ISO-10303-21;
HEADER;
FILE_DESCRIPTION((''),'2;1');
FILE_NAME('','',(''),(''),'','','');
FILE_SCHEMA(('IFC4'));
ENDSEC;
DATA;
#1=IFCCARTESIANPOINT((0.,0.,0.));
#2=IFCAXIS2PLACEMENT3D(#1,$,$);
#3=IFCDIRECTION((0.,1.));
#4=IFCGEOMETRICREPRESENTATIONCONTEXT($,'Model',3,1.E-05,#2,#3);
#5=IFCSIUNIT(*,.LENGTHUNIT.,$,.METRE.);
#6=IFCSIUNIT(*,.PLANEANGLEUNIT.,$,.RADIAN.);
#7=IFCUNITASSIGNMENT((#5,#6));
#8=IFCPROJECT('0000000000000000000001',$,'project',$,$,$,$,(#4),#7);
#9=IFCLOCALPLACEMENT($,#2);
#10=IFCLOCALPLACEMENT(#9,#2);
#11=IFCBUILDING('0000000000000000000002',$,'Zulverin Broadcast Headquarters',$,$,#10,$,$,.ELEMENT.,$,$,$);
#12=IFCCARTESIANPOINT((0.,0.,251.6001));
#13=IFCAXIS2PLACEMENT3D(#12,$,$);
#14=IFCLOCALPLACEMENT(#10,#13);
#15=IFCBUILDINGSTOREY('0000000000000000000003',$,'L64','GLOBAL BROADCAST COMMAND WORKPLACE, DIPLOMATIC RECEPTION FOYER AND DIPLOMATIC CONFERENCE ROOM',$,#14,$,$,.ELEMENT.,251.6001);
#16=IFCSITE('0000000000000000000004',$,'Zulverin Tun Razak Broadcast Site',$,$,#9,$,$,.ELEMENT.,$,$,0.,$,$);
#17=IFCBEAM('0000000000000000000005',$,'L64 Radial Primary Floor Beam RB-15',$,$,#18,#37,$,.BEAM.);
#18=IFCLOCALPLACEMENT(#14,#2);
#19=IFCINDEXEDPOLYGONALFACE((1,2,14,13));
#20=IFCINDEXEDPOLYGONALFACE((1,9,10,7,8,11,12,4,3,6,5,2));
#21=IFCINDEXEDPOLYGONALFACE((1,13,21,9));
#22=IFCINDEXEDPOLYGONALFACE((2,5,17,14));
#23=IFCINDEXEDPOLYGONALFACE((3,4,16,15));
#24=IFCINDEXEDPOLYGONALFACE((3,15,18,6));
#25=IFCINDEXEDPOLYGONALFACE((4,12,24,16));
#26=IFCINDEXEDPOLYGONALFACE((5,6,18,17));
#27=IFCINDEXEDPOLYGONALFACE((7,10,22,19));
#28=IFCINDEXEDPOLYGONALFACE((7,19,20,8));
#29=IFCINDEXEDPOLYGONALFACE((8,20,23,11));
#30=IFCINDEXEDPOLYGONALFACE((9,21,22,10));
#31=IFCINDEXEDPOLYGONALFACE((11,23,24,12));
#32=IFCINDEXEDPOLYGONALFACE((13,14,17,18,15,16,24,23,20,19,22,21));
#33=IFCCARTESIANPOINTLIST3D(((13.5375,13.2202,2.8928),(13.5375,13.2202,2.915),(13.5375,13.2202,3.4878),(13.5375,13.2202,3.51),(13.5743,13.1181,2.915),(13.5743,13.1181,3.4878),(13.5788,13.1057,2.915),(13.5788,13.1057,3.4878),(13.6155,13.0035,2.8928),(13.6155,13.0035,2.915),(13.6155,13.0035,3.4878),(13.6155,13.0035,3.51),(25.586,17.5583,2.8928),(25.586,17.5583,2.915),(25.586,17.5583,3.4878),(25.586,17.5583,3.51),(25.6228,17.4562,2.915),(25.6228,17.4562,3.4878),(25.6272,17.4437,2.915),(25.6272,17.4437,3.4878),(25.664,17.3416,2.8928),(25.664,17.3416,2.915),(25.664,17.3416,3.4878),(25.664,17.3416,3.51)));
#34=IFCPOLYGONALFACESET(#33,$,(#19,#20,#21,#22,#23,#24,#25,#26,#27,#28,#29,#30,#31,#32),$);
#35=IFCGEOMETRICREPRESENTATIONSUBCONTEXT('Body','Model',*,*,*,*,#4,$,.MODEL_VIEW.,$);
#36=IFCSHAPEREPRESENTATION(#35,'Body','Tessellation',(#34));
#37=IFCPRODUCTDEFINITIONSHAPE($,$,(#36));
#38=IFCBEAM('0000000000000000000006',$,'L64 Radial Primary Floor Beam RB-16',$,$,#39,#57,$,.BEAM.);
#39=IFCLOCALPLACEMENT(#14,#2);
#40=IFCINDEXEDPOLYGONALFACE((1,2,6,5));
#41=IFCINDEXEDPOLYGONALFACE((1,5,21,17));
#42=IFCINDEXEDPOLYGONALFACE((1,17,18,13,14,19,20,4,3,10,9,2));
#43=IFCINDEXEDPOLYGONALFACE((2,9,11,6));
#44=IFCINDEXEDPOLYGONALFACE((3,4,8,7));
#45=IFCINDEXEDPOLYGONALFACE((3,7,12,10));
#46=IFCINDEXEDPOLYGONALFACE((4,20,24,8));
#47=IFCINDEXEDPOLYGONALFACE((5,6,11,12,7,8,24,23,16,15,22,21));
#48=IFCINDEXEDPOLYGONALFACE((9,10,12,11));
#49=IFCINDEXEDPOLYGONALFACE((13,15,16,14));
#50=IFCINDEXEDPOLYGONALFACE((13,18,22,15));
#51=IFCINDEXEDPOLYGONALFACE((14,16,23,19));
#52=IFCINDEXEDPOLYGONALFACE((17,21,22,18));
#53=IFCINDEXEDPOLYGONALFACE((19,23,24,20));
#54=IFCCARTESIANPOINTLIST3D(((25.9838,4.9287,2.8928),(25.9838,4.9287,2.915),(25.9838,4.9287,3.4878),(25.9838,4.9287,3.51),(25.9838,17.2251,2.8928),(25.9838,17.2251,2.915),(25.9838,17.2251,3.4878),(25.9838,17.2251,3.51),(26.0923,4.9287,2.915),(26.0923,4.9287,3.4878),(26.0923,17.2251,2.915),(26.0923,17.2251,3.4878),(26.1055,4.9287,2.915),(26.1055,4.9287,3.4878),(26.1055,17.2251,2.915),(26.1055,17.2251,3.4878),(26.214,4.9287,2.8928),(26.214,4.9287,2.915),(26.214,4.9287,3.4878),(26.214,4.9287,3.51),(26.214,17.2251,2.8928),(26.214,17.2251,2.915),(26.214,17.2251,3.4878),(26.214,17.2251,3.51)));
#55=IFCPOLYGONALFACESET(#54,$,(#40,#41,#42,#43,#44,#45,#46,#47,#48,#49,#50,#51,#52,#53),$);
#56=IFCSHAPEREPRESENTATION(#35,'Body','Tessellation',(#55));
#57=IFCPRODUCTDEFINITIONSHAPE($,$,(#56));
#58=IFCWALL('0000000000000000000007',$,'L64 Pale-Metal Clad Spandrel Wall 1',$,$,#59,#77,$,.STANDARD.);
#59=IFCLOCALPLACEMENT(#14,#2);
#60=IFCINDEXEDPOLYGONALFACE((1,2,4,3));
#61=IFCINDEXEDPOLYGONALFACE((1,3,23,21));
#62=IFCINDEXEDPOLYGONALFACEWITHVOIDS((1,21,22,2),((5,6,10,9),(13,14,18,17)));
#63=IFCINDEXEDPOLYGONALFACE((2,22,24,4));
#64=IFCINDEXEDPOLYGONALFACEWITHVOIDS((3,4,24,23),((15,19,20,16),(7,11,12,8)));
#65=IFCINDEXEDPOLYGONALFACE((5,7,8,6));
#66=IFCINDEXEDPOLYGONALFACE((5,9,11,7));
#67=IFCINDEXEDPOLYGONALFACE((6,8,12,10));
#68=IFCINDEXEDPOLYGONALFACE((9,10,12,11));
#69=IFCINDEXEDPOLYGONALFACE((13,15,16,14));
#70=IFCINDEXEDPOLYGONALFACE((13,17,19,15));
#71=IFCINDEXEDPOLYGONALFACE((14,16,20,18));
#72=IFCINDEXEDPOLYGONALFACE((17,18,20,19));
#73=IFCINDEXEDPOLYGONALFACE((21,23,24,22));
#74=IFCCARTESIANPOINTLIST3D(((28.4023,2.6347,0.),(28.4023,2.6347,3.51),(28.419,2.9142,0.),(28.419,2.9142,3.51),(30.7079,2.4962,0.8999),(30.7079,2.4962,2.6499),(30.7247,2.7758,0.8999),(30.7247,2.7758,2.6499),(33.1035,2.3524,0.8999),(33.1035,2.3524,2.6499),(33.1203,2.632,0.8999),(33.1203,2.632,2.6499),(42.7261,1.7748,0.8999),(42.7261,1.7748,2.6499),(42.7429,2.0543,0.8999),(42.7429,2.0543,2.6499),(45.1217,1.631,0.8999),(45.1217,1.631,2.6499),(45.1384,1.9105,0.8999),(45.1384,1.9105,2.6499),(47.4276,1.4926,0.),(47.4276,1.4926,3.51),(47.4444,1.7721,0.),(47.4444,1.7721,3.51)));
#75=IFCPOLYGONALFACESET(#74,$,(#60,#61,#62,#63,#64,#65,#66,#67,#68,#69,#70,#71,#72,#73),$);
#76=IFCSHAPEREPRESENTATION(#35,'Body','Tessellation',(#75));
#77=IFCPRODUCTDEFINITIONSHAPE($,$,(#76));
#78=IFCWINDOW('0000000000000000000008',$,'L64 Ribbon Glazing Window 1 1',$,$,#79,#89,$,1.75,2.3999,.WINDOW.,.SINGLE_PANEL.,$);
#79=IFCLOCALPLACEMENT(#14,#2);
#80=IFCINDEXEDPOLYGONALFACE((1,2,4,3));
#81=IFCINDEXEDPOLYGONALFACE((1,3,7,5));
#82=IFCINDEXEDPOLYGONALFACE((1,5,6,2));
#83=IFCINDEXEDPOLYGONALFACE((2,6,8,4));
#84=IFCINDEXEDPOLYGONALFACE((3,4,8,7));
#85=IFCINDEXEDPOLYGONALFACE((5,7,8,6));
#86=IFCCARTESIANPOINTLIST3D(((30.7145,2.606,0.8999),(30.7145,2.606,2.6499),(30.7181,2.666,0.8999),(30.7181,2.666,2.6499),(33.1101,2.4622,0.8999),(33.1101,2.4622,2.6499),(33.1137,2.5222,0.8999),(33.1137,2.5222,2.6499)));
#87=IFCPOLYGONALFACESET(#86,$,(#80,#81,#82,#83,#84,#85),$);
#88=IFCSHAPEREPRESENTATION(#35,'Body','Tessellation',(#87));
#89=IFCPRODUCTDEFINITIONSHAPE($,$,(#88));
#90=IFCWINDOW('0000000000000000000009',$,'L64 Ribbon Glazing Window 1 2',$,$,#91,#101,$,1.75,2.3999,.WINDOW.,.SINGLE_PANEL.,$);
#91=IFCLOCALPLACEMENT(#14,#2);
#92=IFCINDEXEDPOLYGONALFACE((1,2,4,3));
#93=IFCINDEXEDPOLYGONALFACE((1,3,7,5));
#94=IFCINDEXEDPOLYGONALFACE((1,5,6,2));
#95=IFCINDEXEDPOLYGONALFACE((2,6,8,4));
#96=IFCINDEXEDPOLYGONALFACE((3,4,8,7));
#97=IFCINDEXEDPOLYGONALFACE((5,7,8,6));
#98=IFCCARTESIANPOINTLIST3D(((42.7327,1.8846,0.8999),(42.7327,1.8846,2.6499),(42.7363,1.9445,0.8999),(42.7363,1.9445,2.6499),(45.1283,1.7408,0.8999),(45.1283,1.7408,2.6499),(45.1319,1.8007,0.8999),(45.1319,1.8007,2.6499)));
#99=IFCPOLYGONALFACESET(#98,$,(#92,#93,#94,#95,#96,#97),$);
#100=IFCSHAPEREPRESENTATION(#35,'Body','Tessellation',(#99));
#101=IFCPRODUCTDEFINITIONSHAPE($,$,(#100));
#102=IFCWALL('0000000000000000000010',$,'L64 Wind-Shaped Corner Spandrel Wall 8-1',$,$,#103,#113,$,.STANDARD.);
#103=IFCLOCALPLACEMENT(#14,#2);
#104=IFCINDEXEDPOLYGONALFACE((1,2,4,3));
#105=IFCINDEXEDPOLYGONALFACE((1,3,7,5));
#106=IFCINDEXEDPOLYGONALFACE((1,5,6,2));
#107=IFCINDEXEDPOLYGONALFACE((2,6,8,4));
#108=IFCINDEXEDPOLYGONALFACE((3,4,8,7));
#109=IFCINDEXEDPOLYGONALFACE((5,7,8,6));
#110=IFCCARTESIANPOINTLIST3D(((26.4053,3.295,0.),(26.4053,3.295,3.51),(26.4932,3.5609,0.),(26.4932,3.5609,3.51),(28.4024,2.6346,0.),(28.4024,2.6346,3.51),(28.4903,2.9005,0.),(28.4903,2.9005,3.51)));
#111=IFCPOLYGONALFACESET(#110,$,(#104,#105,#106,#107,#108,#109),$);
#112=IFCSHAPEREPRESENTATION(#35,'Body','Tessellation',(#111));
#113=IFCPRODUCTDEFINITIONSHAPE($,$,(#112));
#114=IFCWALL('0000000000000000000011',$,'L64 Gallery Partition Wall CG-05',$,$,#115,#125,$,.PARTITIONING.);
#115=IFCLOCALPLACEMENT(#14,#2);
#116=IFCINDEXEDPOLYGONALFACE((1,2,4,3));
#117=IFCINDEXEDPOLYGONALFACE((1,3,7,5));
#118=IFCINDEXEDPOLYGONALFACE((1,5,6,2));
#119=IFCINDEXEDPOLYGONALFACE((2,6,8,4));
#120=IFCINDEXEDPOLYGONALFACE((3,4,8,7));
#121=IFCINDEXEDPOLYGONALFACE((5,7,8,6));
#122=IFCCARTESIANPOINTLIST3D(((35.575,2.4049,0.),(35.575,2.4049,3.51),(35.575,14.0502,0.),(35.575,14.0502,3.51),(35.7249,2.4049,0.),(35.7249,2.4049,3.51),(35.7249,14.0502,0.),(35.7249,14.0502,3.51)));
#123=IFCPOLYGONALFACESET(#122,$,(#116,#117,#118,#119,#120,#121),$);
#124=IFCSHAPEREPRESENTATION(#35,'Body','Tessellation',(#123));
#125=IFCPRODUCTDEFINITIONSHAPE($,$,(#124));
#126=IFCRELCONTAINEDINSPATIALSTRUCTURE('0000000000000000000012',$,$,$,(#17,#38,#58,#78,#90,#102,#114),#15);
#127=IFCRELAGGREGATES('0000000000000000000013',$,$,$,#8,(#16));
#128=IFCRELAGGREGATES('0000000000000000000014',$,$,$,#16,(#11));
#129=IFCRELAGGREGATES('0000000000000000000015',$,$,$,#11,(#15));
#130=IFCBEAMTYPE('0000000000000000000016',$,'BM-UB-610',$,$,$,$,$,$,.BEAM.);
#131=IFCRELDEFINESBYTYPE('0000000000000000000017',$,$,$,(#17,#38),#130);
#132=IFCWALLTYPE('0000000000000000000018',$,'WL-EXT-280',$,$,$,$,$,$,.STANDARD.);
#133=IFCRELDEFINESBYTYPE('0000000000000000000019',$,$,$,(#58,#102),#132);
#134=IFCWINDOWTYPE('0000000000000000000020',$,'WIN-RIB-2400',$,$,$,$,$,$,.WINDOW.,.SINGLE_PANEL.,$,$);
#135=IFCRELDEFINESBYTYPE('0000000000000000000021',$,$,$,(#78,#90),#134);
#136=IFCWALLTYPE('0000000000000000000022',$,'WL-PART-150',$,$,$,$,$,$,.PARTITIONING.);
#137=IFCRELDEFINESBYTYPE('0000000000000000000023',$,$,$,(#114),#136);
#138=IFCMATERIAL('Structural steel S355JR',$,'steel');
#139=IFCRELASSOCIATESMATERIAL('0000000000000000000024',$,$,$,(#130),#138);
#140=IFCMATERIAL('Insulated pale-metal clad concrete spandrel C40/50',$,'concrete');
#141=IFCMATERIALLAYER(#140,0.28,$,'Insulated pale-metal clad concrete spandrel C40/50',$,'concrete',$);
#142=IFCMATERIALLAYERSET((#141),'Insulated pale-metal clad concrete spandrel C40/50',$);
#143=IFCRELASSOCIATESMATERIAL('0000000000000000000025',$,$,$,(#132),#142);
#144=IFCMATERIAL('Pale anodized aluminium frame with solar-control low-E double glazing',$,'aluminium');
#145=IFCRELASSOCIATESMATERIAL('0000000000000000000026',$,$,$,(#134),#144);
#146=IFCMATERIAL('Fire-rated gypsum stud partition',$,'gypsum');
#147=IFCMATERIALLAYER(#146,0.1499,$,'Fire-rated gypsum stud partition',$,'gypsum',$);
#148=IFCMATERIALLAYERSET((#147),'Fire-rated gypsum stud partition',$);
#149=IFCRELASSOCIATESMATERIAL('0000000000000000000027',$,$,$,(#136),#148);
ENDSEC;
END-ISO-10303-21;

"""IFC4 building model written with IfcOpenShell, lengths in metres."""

from ifc_helpers import new_model, si_unit, direction, frame, frame_2d, origin, origin_2d, place, context, subcontext, project, spatial, rectangle, i_section, extrude, material, layer, layer_set, material_profile, profile_set, type_object, element, fill, save


model = new_model("IFC4")

# Units and contexts
model_context = context("Model", 3, precision=1e-05, world=origin(), true_north=direction((0.0, 1.0)))
body_context = subcontext(model_context, "Body", "Model", "MODEL_VIEW")
ifc_project = project(units=[si_unit("LENGTHUNIT", "METRE"), si_unit("PLANEANGLEUNIT", "RADIAN")], contexts=[model_context])

# Site, building, storey
site_placement = place(None, origin())
site = spatial("IfcSite", under=ifc_project, at=site_placement, Name="Zulverin Tun Razak Broadcast Site", CompositionType="ELEMENT", RefElevation=0.0)
building_placement = place(site_placement, origin())
building = spatial("IfcBuilding", under=site, at=building_placement, Name="Zulverin Broadcast Headquarters", CompositionType="ELEMENT")
storey_placement = place(building_placement, frame((0.0, 0.0, 251.6001)))
storey = spatial("IfcBuildingStorey", under=building, at=storey_placement, Name="L64", Description="GLOBAL BROADCAST COMMAND WORKPLACE, DIPLOMATIC RECEPTION FOYER AND DIPLOMATIC CONFERENCE ROOM", CompositionType="ELEMENT", Elevation=251.6001)

# Beams
ifc_material_1 = material(Name="Structural steel S355JR", Category="steel")
ifc_material_profile_1 = material_profile(ifc_material_1, i_section(OverallWidth=0.2302, OverallDepth=0.6172, WebThickness=0.0132, FlangeThickness=0.0222, at=origin_2d()), Name="Structural steel S355JR", Category="steel")
ifc_profile_set_1 = profile_set([ifc_material_profile_1], Name="Structural steel S355JR")
beam_type_1 = type_object("IfcBeamType", Name="BM-UB-610", PredefinedType="BEAM", material=ifc_profile_set_1)
beam_1_placement = place(storey_placement, frame((25.625, 17.45, 3.2014), z_axis=(-0.940871, -0.338764, 0.0), x_axis=(0.338764, -0.940871, 0.0)))
element("IfcBeam", 1, at=beam_1_placement, inside=storey, type_object=beam_type_1, Name="L64 Radial Primary Floor Beam RB-15", PredefinedType="BEAM", context=body_context, shape_type="SweptSolid", body=[
    extrude(i_section(OverallWidth=0.2302, OverallDepth=0.6172, WebThickness=0.0132, FlangeThickness=0.0222, at=origin_2d()), origin(), (0.0, 0.0, 1.0), 12.8057),
])
beam_2_placement = place(storey_placement, frame((26.0989, 17.2251, 3.2014), z_axis=(0.0, -1.0, 0.0), x_axis=(1.0, 0.0, 0.0)))
element("IfcBeam", 2, at=beam_2_placement, inside=storey, type_object=beam_type_1, Name="L64 Radial Primary Floor Beam RB-16", PredefinedType="BEAM", context=body_context, shape_type="SweptSolid", body=[
    extrude(i_section(OverallWidth=0.2302, OverallDepth=0.6172, WebThickness=0.0132, FlangeThickness=0.0222, at=origin_2d()), origin(), (0.0, 0.0, 1.0), 12.2964),
])

# Wall, openings, windows
ifc_material_2 = material(Name="Insulated pale-metal clad concrete spandrel C40/50", Category="concrete")
ifc_layer_1 = layer(ifc_material_2, 0.28, Name="Insulated pale-metal clad concrete spandrel C40/50", Category="concrete")
ifc_layer_set_1 = layer_set([ifc_layer_1], Name="Insulated pale-metal clad concrete spandrel C40/50")
wall_type_1 = type_object("IfcWallType", Name="WL-EXT-280", PredefinedType="STANDARD", material=ifc_layer_set_1)
wall_1_placement = place(storey_placement, frame((28.4106, 2.7744, 0.0), z_axis=(0.0, 0.0, 1.0), x_axis=(0.998203, -0.059922, 0.0)))
wall_1 = element("IfcWall", 3, at=wall_1_placement, inside=storey, type_object=wall_type_1, Name="L64 Pale-Metal Clad Spandrel Wall 1", PredefinedType="STANDARD", context=body_context, shape_type="SweptSolid", body=[
    extrude(rectangle(XDim=19.0596, YDim=0.28, at=frame_2d((9.5298, 0.0))), origin(), (0.0, 0.0, 1.0), 3.51),
])
opening_1_placement = place(wall_1_placement, frame((2.3098, 0.0, 0.8999)))
opening_1 = element("IfcOpeningElement", 4, at=opening_1_placement, cuts=wall_1, PredefinedType="OPENING", context=body_context, shape_type="SweptSolid", body=[
    extrude(rectangle(XDim=2.3999, YDim=1.75, at=frame_2d((1.2, 0.875))), frame((0.0, 0.1499, 0.0), z_axis=(0.0, -1.0, 0.0), x_axis=(1.0, 0.0, 0.0)), (0.0, 0.0, 1.0), 0.3),
])
opening_2_placement = place(wall_1_placement, frame((14.3496, 0.0, 0.8999)))
opening_2 = element("IfcOpeningElement", 5, at=opening_2_placement, cuts=wall_1, PredefinedType="OPENING", context=body_context, shape_type="SweptSolid", body=[
    extrude(rectangle(XDim=2.3999, YDim=1.75, at=frame_2d((1.2, 0.875))), frame((0.0, 0.1499, 0.0), z_axis=(0.0, -1.0, 0.0), x_axis=(1.0, 0.0, 0.0)), (0.0, 0.0, 1.0), 0.3),
])
ifc_material_3 = material(Name="Pale anodized aluminium frame with solar-control low-E double glazing", Category="aluminium")
window_type = type_object("IfcWindowType", Name="WIN-RIB-2400", PartitioningType="SINGLE_PANEL", PredefinedType="WINDOW", material=ifc_material_3)
window_1_placement = place(opening_1_placement, origin())
window_1 = element("IfcWindow", 6, at=window_1_placement, inside=storey, type_object=window_type, Name="L64 Ribbon Glazing Window 1 1", OverallHeight=1.75, OverallWidth=2.3999, PartitioningType="SINGLE_PANEL", PredefinedType="WINDOW", context=body_context, shape_type="SweptSolid", body=[
    extrude(rectangle(XDim=2.3999, YDim=1.75, at=frame_2d((1.2, 0.875))), frame((0.0, 0.03, 0.0), z_axis=(0.0, -1.0, 0.0), x_axis=(1.0, 0.0, 0.0)), (0.0, 0.0, 1.0), 0.0601),
])
fill(opening_1, window_1)
window_2_placement = place(opening_2_placement, origin())
window_2 = element("IfcWindow", 7, at=window_2_placement, inside=storey, type_object=window_type, Name="L64 Ribbon Glazing Window 1 2", OverallHeight=1.75, OverallWidth=2.3999, PartitioningType="SINGLE_PANEL", PredefinedType="WINDOW", context=body_context, shape_type="SweptSolid", body=[
    extrude(rectangle(XDim=2.3999, YDim=1.75, at=frame_2d((1.2, 0.875))), frame((0.0, 0.03, 0.0), z_axis=(0.0, -1.0, 0.0), x_axis=(1.0, 0.0, 0.0)), (0.0, 0.0, 1.0), 0.0601),
])
fill(opening_2, window_2)

# Walls
wall_2_placement = place(storey_placement, frame((26.4492, 3.428, 0.0), z_axis=(0.0, 0.0, 1.0), x_axis=(0.949435, -0.313964, 0.0)))
element("IfcWall", 8, at=wall_2_placement, inside=storey, type_object=wall_type_1, Name="L64 Wind-Shaped Corner Spandrel Wall 8-1", PredefinedType="STANDARD", context=body_context, shape_type="SweptSolid", body=[
    extrude(rectangle(XDim=2.1035, YDim=0.28, at=frame_2d((1.0518, 0.0))), origin(), (0.0, 0.0, 1.0), 3.51),
])
ifc_material_4 = material(Name="Fire-rated gypsum stud partition", Category="gypsum")
ifc_layer_2 = layer(ifc_material_4, 0.1499, Name="Fire-rated gypsum stud partition", Category="gypsum")
ifc_layer_set_2 = layer_set([ifc_layer_2], Name="Fire-rated gypsum stud partition")
wall_type_2 = type_object("IfcWallType", Name="WL-PART-150", PredefinedType="PARTITIONING", material=ifc_layer_set_2)
wall_3_placement = place(storey_placement, frame((35.6499, 2.4048, 0.0), z_axis=(0.0, 0.0, 1.0), x_axis=(0.0, 1.0, 0.0)))
element("IfcWall", 9, at=wall_3_placement, inside=storey, type_object=wall_type_2, Name="L64 Gallery Partition Wall CG-05", PredefinedType="PARTITIONING", context=body_context, shape_type="SweptSolid", body=[
    extrude(rectangle(XDim=11.6453, YDim=0.1499, at=frame_2d((5.8228, 0.0))), origin(), (0.0, 0.0, 1.0), 3.51),
])

save(model, "model.ifc")
